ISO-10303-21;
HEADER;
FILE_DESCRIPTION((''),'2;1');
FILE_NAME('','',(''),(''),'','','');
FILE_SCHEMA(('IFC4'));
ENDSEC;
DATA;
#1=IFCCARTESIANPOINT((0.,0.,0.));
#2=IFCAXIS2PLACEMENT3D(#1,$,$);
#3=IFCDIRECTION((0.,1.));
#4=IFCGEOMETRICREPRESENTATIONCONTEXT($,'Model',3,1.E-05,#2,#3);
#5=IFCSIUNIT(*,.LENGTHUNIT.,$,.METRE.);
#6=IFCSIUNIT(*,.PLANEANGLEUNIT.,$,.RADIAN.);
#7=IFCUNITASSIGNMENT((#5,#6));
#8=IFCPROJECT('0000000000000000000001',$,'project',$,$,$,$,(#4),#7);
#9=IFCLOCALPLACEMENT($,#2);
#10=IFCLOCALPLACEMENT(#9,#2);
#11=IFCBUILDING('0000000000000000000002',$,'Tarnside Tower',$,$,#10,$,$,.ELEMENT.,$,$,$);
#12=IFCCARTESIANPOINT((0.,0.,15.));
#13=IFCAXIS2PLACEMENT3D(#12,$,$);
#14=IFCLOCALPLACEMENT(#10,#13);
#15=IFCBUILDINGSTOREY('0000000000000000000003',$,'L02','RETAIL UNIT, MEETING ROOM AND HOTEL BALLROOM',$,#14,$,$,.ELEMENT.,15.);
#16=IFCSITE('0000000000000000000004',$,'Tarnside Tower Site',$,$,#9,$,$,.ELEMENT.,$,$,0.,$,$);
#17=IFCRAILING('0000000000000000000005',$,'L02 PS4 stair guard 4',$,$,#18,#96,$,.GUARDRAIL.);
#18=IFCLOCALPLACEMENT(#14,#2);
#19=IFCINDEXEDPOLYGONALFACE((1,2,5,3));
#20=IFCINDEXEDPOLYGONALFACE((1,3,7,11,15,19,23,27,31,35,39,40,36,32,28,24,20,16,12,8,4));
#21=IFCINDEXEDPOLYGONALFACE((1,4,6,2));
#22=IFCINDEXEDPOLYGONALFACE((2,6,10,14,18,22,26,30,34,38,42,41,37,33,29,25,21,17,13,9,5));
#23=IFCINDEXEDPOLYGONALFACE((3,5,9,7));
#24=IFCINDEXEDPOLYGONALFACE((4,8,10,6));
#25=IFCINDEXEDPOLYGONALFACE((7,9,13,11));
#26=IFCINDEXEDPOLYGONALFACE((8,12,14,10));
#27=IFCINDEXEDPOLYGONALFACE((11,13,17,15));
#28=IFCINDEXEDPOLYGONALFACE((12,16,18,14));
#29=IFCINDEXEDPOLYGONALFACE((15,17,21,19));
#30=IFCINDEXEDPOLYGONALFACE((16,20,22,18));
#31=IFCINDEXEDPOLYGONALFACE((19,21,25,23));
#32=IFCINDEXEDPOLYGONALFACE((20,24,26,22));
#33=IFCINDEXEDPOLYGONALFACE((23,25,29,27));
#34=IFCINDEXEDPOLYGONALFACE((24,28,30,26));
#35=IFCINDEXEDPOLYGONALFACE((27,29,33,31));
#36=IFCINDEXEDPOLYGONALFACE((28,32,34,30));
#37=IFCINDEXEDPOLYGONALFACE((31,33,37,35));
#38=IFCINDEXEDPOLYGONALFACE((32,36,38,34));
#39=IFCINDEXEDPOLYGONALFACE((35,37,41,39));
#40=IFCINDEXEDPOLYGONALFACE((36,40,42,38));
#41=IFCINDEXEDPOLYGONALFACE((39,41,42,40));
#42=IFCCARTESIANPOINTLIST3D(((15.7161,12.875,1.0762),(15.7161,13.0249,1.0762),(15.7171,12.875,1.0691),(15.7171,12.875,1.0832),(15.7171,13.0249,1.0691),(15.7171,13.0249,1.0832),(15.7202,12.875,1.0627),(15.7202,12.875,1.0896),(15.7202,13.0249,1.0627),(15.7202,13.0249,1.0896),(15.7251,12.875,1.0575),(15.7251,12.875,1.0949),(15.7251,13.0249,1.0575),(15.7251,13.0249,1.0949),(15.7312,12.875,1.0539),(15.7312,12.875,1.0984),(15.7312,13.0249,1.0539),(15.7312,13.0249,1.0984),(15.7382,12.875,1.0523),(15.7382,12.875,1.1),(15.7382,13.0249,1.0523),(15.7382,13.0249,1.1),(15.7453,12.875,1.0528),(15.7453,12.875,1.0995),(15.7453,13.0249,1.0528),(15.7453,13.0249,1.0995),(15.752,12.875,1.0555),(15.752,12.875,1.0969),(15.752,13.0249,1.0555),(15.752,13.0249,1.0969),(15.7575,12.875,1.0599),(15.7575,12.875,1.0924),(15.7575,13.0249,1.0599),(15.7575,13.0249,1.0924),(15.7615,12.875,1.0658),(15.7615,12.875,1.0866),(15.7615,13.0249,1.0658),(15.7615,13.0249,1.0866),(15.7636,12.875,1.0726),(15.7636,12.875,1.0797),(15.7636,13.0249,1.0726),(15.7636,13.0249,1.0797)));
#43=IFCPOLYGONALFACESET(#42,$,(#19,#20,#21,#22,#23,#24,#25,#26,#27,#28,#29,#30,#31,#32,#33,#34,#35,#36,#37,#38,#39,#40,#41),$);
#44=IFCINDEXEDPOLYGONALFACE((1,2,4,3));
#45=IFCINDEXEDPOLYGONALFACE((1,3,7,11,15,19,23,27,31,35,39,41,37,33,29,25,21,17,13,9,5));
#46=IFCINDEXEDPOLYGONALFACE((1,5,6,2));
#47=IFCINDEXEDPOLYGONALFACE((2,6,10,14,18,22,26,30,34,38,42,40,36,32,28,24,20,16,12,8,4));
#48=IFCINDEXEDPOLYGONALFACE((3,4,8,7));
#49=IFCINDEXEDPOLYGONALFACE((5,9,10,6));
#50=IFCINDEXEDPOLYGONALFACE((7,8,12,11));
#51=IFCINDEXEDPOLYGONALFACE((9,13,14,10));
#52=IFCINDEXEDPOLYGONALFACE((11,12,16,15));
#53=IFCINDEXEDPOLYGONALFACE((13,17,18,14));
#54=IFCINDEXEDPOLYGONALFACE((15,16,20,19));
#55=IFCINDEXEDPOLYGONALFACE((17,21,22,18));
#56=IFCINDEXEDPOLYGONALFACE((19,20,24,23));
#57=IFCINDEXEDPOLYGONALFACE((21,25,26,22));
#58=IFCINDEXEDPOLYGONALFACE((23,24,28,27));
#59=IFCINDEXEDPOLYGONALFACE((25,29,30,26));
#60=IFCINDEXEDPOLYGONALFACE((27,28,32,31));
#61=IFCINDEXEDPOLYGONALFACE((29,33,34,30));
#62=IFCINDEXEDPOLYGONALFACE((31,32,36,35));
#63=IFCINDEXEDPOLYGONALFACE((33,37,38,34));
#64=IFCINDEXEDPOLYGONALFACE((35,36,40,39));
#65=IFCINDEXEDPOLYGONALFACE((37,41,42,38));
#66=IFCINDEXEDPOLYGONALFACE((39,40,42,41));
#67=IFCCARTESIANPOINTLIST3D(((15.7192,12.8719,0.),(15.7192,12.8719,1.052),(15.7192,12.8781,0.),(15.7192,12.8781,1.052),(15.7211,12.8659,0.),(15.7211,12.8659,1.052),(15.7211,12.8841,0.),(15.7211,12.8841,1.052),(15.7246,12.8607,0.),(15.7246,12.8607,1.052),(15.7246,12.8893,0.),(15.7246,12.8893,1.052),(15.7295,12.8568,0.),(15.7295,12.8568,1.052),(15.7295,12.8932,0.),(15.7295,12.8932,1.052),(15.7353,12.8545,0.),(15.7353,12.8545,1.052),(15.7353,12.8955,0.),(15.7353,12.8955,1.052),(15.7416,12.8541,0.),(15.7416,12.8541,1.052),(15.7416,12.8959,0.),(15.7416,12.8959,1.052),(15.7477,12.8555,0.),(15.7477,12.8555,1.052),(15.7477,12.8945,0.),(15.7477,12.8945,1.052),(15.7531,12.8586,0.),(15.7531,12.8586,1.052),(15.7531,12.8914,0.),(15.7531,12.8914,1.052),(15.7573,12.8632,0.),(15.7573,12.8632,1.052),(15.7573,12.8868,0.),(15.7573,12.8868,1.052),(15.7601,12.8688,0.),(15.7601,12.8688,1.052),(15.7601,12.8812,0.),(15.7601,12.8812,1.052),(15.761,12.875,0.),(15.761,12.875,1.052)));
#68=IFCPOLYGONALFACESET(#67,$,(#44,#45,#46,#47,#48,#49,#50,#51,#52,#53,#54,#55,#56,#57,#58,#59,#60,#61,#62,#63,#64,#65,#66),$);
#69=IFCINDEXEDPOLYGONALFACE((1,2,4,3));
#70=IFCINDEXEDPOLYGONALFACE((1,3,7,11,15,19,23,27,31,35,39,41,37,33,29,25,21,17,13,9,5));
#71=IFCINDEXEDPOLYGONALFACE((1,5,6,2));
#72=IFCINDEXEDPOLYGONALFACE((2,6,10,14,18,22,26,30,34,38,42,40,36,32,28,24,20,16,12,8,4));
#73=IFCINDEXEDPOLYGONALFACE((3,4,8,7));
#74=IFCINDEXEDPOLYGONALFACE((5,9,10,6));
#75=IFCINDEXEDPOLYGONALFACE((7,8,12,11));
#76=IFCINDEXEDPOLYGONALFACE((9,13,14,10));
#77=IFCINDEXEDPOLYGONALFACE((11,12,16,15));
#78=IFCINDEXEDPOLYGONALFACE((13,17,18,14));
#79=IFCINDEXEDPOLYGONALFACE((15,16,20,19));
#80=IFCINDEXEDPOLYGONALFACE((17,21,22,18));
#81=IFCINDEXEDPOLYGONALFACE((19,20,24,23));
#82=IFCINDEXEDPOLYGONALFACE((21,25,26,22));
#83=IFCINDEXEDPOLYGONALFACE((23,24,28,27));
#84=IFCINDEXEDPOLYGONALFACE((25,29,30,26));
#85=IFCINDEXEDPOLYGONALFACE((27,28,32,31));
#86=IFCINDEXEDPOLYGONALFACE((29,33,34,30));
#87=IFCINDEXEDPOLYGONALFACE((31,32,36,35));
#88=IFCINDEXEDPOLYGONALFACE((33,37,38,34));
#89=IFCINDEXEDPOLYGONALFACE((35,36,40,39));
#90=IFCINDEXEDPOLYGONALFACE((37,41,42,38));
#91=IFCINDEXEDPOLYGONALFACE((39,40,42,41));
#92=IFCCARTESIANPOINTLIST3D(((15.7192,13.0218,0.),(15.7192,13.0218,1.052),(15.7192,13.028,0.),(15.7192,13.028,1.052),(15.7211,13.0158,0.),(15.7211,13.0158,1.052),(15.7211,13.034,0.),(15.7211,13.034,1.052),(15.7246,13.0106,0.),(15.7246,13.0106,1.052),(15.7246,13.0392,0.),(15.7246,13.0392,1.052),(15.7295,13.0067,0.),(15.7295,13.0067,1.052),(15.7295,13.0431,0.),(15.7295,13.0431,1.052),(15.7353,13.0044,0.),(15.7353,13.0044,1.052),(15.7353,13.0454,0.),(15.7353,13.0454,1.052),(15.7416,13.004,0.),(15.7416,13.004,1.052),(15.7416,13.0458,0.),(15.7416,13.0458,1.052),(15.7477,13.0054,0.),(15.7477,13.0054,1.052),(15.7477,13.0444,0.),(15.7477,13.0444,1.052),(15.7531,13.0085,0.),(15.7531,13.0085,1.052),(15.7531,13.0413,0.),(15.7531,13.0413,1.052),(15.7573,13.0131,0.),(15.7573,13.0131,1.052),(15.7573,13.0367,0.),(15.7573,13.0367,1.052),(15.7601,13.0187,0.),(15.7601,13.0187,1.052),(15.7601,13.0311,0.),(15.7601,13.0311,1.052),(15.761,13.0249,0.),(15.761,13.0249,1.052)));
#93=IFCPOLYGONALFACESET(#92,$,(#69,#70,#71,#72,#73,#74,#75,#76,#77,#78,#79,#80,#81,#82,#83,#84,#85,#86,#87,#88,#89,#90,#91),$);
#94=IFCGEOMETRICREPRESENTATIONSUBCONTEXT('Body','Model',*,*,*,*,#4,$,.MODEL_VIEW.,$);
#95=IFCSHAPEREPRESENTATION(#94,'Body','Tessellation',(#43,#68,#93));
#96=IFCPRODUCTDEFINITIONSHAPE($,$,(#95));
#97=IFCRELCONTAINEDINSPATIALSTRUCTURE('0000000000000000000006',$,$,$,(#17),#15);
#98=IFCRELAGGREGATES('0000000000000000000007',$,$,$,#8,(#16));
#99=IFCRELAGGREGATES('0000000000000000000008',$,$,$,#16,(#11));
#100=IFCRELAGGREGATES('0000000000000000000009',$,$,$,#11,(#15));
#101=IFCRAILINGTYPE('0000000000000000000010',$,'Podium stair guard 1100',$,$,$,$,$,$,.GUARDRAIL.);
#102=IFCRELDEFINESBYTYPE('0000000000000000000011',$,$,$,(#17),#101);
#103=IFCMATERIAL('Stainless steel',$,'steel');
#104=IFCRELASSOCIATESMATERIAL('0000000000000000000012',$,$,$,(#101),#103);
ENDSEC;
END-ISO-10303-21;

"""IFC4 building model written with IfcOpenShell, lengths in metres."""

from ifc_helpers import new_model, si_unit, direction, frame, origin, origin_2d, place, context, subcontext, project, spatial, circle, extrude, material, type_object, element, save


model = new_model("IFC4")

# Units and contexts
model_context = context("Model", 3, precision=1e-05, world=origin(), true_north=direction((0.0, 1.0)))
body_context = subcontext(model_context, "Body", "Model", "MODEL_VIEW")
ifc_project = project(units=[si_unit("LENGTHUNIT", "METRE"), si_unit("PLANEANGLEUNIT", "RADIAN")], contexts=[model_context])

# Site, building, storey
site_placement = place(None, origin())
site = spatial("IfcSite", under=ifc_project, at=site_placement, Name="Tarnside Tower Site", CompositionType="ELEMENT", RefElevation=0.0)
building_placement = place(site_placement, origin())
building = spatial("IfcBuilding", under=site, at=building_placement, Name="Tarnside Tower", CompositionType="ELEMENT")
storey_placement = place(building_placement, frame((0.0, 0.0, 15.0)))
storey = spatial("IfcBuildingStorey", under=building, at=storey_placement, Name="L02", Description="RETAIL UNIT, MEETING ROOM AND HOTEL BALLROOM", CompositionType="ELEMENT", Elevation=15.0)

# Railing
ifc_material_1 = material(Name="Stainless steel", Category="steel")
railing_type_1 = type_object("IfcRailingType", Name="Podium stair guard 1100", PredefinedType="GUARDRAIL", material=ifc_material_1)
railing_1_placement = place(storey_placement, frame((15.74, 12.875, 0.0)))
element("IfcRailing", 1, at=railing_1_placement, inside=storey, type_object=railing_type_1, Name="L02 PS4 stair guard 4", PredefinedType="GUARDRAIL", context=body_context, shape_type="SweptSolid", body=[
    extrude(circle(Radius=0.0239, at=origin_2d()), frame((0.0, 0.0, 1.0762), z_axis=(0.0, 1.0, 0.0), x_axis=(-1.0, 0.0, 0.0)), (0.0, 0.0, 1.0), 0.1499),
    extrude(circle(Radius=0.021, at=origin_2d()), origin(), (0.0, 0.0, 1.0), 1.052),
    extrude(circle(Radius=0.021, at=origin_2d()), frame((0.0, 0.1499, 0.0)), (0.0, 0.0, 1.0), 1.052),
])

save(model, "model.ifc")
